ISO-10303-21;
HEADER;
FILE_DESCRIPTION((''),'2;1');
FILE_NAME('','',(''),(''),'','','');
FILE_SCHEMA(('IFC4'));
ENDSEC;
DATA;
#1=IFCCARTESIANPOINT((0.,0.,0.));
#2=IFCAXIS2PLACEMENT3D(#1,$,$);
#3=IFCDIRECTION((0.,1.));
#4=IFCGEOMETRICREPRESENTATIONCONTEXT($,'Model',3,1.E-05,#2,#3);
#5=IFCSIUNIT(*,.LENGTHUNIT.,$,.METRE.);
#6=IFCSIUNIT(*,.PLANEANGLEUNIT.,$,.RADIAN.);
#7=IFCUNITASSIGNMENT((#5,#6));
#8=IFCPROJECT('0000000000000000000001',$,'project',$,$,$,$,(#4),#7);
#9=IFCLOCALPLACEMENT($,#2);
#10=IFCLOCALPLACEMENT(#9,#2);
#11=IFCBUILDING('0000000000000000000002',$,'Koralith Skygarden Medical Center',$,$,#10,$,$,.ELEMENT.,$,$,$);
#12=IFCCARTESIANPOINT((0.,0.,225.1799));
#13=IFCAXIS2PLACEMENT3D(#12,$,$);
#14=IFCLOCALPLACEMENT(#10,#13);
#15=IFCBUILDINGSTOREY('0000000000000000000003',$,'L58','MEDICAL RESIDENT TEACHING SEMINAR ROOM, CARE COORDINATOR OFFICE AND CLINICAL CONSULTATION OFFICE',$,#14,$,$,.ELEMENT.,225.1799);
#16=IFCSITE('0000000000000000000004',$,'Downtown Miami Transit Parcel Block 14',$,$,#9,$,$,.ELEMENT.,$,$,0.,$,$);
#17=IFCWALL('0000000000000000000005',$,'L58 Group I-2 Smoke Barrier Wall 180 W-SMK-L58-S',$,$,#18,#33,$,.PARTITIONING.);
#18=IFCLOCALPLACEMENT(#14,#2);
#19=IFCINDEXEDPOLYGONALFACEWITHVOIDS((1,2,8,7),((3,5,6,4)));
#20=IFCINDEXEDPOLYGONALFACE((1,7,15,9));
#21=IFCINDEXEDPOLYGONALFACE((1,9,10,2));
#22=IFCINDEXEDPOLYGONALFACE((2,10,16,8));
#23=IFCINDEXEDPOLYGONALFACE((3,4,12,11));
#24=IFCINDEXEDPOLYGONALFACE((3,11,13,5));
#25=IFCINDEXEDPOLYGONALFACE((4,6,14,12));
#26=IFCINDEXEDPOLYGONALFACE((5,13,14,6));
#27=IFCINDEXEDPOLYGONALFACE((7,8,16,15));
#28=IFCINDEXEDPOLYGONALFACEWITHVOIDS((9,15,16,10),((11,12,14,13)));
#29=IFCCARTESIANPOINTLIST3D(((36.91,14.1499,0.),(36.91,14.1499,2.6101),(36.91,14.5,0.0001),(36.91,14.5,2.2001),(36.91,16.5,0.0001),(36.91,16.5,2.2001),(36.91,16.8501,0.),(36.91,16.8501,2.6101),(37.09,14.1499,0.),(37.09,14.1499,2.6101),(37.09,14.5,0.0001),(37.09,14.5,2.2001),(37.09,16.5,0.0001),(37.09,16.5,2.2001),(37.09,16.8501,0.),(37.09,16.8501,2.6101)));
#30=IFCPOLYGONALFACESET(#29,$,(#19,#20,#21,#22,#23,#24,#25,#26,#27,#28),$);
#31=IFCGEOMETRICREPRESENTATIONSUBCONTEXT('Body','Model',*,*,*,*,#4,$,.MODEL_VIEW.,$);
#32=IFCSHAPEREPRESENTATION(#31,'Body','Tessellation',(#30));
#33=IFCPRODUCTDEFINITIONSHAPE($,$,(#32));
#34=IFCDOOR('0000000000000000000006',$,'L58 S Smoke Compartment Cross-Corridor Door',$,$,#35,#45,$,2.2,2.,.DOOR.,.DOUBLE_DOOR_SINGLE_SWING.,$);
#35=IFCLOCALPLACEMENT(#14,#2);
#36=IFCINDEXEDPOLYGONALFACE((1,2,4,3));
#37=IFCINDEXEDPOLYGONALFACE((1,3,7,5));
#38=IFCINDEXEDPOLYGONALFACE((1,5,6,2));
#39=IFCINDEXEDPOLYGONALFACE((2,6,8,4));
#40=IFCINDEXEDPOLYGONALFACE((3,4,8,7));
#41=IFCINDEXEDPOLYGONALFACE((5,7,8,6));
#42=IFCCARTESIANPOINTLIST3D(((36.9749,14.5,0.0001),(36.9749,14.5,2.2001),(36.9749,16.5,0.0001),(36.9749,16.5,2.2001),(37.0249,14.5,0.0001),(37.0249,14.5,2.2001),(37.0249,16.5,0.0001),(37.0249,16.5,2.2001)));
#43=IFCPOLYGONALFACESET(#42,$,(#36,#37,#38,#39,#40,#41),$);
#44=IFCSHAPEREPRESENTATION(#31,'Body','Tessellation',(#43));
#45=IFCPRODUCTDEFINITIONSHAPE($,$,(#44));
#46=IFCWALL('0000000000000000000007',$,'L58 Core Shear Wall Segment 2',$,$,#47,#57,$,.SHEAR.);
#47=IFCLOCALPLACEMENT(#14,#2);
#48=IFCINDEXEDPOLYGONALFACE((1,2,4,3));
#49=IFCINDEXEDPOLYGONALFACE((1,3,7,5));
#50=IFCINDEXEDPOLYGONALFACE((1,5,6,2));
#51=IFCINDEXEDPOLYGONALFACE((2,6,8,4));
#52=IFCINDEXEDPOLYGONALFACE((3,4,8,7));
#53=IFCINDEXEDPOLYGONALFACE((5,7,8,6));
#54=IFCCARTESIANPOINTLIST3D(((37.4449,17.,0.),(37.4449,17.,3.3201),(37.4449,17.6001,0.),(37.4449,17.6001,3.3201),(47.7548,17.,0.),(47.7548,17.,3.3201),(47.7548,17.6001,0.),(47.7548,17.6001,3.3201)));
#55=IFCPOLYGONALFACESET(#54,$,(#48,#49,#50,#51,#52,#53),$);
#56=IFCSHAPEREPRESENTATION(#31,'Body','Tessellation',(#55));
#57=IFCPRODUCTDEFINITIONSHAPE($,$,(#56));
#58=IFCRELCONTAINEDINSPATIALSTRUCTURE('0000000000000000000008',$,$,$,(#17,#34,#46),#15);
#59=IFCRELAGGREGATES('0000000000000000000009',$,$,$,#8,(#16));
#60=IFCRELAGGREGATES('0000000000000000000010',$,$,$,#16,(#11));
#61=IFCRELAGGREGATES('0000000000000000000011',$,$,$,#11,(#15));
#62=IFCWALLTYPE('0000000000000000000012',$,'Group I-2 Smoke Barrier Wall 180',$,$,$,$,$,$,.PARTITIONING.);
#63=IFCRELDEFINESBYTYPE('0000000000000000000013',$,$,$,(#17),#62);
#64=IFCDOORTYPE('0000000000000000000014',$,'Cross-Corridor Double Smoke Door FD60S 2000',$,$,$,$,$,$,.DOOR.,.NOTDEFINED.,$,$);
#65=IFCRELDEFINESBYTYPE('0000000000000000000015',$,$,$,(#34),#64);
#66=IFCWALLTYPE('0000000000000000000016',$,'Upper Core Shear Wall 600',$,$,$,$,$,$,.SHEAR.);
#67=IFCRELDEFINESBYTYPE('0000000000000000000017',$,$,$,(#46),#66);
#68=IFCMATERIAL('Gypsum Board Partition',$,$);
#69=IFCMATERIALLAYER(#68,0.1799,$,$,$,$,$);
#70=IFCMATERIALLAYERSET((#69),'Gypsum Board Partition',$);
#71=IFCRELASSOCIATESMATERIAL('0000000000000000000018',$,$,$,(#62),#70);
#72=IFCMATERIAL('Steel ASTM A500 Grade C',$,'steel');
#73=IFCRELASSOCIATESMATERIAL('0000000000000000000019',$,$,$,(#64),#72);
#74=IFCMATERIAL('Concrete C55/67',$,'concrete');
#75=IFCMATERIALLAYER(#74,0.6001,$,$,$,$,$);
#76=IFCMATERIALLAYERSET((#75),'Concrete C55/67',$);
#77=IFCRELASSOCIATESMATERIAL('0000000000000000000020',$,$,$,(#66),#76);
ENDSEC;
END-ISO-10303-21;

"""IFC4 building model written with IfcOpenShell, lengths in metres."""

from ifc_helpers import new_model, si_unit, direction, frame, frame_2d, origin, place, context, subcontext, project, spatial, rectangle, extrude, material, layer, layer_set, type_object, element, fill, save


model = new_model("IFC4")

# Units and contexts
model_context = context("Model", 3, precision=1e-05, world=origin(), true_north=direction((0.0, 1.0)))
body_context = subcontext(model_context, "Body", "Model", "MODEL_VIEW")
ifc_project = project(units=[si_unit("LENGTHUNIT", "METRE"), si_unit("PLANEANGLEUNIT", "RADIAN")], contexts=[model_context])

# Site, building, storey
site_placement = place(None, origin())
site = spatial("IfcSite", under=ifc_project, at=site_placement, Name="Downtown Miami Transit Parcel Block 14", CompositionType="ELEMENT", RefElevation=0.0)
building_placement = place(site_placement, origin())
building = spatial("IfcBuilding", under=site, at=building_placement, Name="Koralith Skygarden Medical Center", CompositionType="ELEMENT")
storey_placement = place(building_placement, frame((0.0, 0.0, 225.1799)))
storey = spatial("IfcBuildingStorey", under=building, at=storey_placement, Name="L58", Description="MEDICAL RESIDENT TEACHING SEMINAR ROOM, CARE COORDINATOR OFFICE AND CLINICAL CONSULTATION OFFICE", CompositionType="ELEMENT", Elevation=225.1799)

# Shared definitions
ifc_material_1 = material(Name="Concrete C55/67", Category="concrete")

# Shared definitions
ifc_material_2 = material(Name="Gypsum Board Partition")

# Wall, opening, door
ifc_layer_1 = layer(ifc_material_2, 0.1799)
ifc_layer_set_1 = layer_set([ifc_layer_1], Name="Gypsum Board Partition")
wall_type_1 = type_object("IfcWallType", Name="Group I-2 Smoke Barrier Wall 180", PredefinedType="PARTITIONING", material=ifc_layer_set_1)
wall_1_placement = place(storey_placement, frame((37.0, 14.1499, 0.0), z_axis=(0.0, 0.0, 1.0), x_axis=(0.0, 1.0, 0.0)))
wall_1 = element("IfcWall", 1, at=wall_1_placement, inside=storey, type_object=wall_type_1, Name="L58 Group I-2 Smoke Barrier Wall 180 W-SMK-L58-S", PredefinedType="PARTITIONING", context=body_context, shape_type="SweptSolid", body=[
    extrude(rectangle(XDim=2.7002, YDim=0.1799, at=frame_2d((1.3501, 0.0))), origin(), (0.0, 0.0, 1.0), 2.6101),
])
opening_1_placement = place(wall_1_placement, frame((0.3501, 0.0, 0.0)))
opening_1 = element("IfcOpeningElement", 2, at=opening_1_placement, cuts=wall_1, PredefinedType="OPENING", context=body_context, shape_type="SweptSolid", body=[
    extrude(rectangle(XDim=2.0, YDim=2.2, at=frame_2d((1.0, 1.1001))), frame((0.0, 0.0999, 0.0), z_axis=(0.0, -1.0, 0.0), x_axis=(1.0, 0.0, 0.0)), (0.0, 0.0, 1.0), 0.2),
])
ifc_material_3 = material(Name="Steel ASTM A500 Grade C", Category="steel")
door_type_1 = type_object("IfcDoorType", Name="Cross-Corridor Double Smoke Door FD60S 2000", OperationType="NOTDEFINED", PredefinedType="DOOR", material=ifc_material_3)
door_1_placement = place(opening_1_placement, frame((2.0, 0.0, 0.0), z_axis=(0.0, 0.0, 1.0), x_axis=(-1.0, 0.0, 0.0)))
door_1 = element("IfcDoor", 3, at=door_1_placement, inside=storey, type_object=door_type_1, Name="L58 S Smoke Compartment Cross-Corridor Door", OperationType="DOUBLE_DOOR_SINGLE_SWING", OverallHeight=2.2, OverallWidth=2.0, PredefinedType="DOOR", context=body_context, shape_type="SweptSolid", body=[
    extrude(rectangle(XDim=2.0, YDim=2.2, at=frame_2d((1.0, 1.1001))), frame((0.0, 0.0249, 0.0), z_axis=(0.0, -1.0, 0.0), x_axis=(1.0, 0.0, 0.0)), (0.0, 0.0, 1.0), 0.05),
])
fill(opening_1, door_1)

# Wall
ifc_layer_2 = layer(ifc_material_1, 0.6001)
ifc_layer_set_2 = layer_set([ifc_layer_2], Name="Concrete C55/67")
wall_type_2 = type_object("IfcWallType", Name="Upper Core Shear Wall 600", PredefinedType="SHEAR", material=ifc_layer_set_2)
wall_2_placement = place(storey_placement, frame((37.4451, 17.3, 0.0), z_axis=(0.0, 0.0, 1.0), x_axis=(1.0, 0.0, 0.0)))
element("IfcWall", 4, at=wall_2_placement, inside=storey, type_object=wall_type_2, Name="L58 Core Shear Wall Segment 2", PredefinedType="SHEAR", context=body_context, shape_type="SweptSolid", body=[
    extrude(rectangle(XDim=10.3098, YDim=0.6001, at=frame_2d((5.1548, 0.0))), origin(), (0.0, 0.0, 1.0), 3.3201),
])

save(model, "model.ifc")
